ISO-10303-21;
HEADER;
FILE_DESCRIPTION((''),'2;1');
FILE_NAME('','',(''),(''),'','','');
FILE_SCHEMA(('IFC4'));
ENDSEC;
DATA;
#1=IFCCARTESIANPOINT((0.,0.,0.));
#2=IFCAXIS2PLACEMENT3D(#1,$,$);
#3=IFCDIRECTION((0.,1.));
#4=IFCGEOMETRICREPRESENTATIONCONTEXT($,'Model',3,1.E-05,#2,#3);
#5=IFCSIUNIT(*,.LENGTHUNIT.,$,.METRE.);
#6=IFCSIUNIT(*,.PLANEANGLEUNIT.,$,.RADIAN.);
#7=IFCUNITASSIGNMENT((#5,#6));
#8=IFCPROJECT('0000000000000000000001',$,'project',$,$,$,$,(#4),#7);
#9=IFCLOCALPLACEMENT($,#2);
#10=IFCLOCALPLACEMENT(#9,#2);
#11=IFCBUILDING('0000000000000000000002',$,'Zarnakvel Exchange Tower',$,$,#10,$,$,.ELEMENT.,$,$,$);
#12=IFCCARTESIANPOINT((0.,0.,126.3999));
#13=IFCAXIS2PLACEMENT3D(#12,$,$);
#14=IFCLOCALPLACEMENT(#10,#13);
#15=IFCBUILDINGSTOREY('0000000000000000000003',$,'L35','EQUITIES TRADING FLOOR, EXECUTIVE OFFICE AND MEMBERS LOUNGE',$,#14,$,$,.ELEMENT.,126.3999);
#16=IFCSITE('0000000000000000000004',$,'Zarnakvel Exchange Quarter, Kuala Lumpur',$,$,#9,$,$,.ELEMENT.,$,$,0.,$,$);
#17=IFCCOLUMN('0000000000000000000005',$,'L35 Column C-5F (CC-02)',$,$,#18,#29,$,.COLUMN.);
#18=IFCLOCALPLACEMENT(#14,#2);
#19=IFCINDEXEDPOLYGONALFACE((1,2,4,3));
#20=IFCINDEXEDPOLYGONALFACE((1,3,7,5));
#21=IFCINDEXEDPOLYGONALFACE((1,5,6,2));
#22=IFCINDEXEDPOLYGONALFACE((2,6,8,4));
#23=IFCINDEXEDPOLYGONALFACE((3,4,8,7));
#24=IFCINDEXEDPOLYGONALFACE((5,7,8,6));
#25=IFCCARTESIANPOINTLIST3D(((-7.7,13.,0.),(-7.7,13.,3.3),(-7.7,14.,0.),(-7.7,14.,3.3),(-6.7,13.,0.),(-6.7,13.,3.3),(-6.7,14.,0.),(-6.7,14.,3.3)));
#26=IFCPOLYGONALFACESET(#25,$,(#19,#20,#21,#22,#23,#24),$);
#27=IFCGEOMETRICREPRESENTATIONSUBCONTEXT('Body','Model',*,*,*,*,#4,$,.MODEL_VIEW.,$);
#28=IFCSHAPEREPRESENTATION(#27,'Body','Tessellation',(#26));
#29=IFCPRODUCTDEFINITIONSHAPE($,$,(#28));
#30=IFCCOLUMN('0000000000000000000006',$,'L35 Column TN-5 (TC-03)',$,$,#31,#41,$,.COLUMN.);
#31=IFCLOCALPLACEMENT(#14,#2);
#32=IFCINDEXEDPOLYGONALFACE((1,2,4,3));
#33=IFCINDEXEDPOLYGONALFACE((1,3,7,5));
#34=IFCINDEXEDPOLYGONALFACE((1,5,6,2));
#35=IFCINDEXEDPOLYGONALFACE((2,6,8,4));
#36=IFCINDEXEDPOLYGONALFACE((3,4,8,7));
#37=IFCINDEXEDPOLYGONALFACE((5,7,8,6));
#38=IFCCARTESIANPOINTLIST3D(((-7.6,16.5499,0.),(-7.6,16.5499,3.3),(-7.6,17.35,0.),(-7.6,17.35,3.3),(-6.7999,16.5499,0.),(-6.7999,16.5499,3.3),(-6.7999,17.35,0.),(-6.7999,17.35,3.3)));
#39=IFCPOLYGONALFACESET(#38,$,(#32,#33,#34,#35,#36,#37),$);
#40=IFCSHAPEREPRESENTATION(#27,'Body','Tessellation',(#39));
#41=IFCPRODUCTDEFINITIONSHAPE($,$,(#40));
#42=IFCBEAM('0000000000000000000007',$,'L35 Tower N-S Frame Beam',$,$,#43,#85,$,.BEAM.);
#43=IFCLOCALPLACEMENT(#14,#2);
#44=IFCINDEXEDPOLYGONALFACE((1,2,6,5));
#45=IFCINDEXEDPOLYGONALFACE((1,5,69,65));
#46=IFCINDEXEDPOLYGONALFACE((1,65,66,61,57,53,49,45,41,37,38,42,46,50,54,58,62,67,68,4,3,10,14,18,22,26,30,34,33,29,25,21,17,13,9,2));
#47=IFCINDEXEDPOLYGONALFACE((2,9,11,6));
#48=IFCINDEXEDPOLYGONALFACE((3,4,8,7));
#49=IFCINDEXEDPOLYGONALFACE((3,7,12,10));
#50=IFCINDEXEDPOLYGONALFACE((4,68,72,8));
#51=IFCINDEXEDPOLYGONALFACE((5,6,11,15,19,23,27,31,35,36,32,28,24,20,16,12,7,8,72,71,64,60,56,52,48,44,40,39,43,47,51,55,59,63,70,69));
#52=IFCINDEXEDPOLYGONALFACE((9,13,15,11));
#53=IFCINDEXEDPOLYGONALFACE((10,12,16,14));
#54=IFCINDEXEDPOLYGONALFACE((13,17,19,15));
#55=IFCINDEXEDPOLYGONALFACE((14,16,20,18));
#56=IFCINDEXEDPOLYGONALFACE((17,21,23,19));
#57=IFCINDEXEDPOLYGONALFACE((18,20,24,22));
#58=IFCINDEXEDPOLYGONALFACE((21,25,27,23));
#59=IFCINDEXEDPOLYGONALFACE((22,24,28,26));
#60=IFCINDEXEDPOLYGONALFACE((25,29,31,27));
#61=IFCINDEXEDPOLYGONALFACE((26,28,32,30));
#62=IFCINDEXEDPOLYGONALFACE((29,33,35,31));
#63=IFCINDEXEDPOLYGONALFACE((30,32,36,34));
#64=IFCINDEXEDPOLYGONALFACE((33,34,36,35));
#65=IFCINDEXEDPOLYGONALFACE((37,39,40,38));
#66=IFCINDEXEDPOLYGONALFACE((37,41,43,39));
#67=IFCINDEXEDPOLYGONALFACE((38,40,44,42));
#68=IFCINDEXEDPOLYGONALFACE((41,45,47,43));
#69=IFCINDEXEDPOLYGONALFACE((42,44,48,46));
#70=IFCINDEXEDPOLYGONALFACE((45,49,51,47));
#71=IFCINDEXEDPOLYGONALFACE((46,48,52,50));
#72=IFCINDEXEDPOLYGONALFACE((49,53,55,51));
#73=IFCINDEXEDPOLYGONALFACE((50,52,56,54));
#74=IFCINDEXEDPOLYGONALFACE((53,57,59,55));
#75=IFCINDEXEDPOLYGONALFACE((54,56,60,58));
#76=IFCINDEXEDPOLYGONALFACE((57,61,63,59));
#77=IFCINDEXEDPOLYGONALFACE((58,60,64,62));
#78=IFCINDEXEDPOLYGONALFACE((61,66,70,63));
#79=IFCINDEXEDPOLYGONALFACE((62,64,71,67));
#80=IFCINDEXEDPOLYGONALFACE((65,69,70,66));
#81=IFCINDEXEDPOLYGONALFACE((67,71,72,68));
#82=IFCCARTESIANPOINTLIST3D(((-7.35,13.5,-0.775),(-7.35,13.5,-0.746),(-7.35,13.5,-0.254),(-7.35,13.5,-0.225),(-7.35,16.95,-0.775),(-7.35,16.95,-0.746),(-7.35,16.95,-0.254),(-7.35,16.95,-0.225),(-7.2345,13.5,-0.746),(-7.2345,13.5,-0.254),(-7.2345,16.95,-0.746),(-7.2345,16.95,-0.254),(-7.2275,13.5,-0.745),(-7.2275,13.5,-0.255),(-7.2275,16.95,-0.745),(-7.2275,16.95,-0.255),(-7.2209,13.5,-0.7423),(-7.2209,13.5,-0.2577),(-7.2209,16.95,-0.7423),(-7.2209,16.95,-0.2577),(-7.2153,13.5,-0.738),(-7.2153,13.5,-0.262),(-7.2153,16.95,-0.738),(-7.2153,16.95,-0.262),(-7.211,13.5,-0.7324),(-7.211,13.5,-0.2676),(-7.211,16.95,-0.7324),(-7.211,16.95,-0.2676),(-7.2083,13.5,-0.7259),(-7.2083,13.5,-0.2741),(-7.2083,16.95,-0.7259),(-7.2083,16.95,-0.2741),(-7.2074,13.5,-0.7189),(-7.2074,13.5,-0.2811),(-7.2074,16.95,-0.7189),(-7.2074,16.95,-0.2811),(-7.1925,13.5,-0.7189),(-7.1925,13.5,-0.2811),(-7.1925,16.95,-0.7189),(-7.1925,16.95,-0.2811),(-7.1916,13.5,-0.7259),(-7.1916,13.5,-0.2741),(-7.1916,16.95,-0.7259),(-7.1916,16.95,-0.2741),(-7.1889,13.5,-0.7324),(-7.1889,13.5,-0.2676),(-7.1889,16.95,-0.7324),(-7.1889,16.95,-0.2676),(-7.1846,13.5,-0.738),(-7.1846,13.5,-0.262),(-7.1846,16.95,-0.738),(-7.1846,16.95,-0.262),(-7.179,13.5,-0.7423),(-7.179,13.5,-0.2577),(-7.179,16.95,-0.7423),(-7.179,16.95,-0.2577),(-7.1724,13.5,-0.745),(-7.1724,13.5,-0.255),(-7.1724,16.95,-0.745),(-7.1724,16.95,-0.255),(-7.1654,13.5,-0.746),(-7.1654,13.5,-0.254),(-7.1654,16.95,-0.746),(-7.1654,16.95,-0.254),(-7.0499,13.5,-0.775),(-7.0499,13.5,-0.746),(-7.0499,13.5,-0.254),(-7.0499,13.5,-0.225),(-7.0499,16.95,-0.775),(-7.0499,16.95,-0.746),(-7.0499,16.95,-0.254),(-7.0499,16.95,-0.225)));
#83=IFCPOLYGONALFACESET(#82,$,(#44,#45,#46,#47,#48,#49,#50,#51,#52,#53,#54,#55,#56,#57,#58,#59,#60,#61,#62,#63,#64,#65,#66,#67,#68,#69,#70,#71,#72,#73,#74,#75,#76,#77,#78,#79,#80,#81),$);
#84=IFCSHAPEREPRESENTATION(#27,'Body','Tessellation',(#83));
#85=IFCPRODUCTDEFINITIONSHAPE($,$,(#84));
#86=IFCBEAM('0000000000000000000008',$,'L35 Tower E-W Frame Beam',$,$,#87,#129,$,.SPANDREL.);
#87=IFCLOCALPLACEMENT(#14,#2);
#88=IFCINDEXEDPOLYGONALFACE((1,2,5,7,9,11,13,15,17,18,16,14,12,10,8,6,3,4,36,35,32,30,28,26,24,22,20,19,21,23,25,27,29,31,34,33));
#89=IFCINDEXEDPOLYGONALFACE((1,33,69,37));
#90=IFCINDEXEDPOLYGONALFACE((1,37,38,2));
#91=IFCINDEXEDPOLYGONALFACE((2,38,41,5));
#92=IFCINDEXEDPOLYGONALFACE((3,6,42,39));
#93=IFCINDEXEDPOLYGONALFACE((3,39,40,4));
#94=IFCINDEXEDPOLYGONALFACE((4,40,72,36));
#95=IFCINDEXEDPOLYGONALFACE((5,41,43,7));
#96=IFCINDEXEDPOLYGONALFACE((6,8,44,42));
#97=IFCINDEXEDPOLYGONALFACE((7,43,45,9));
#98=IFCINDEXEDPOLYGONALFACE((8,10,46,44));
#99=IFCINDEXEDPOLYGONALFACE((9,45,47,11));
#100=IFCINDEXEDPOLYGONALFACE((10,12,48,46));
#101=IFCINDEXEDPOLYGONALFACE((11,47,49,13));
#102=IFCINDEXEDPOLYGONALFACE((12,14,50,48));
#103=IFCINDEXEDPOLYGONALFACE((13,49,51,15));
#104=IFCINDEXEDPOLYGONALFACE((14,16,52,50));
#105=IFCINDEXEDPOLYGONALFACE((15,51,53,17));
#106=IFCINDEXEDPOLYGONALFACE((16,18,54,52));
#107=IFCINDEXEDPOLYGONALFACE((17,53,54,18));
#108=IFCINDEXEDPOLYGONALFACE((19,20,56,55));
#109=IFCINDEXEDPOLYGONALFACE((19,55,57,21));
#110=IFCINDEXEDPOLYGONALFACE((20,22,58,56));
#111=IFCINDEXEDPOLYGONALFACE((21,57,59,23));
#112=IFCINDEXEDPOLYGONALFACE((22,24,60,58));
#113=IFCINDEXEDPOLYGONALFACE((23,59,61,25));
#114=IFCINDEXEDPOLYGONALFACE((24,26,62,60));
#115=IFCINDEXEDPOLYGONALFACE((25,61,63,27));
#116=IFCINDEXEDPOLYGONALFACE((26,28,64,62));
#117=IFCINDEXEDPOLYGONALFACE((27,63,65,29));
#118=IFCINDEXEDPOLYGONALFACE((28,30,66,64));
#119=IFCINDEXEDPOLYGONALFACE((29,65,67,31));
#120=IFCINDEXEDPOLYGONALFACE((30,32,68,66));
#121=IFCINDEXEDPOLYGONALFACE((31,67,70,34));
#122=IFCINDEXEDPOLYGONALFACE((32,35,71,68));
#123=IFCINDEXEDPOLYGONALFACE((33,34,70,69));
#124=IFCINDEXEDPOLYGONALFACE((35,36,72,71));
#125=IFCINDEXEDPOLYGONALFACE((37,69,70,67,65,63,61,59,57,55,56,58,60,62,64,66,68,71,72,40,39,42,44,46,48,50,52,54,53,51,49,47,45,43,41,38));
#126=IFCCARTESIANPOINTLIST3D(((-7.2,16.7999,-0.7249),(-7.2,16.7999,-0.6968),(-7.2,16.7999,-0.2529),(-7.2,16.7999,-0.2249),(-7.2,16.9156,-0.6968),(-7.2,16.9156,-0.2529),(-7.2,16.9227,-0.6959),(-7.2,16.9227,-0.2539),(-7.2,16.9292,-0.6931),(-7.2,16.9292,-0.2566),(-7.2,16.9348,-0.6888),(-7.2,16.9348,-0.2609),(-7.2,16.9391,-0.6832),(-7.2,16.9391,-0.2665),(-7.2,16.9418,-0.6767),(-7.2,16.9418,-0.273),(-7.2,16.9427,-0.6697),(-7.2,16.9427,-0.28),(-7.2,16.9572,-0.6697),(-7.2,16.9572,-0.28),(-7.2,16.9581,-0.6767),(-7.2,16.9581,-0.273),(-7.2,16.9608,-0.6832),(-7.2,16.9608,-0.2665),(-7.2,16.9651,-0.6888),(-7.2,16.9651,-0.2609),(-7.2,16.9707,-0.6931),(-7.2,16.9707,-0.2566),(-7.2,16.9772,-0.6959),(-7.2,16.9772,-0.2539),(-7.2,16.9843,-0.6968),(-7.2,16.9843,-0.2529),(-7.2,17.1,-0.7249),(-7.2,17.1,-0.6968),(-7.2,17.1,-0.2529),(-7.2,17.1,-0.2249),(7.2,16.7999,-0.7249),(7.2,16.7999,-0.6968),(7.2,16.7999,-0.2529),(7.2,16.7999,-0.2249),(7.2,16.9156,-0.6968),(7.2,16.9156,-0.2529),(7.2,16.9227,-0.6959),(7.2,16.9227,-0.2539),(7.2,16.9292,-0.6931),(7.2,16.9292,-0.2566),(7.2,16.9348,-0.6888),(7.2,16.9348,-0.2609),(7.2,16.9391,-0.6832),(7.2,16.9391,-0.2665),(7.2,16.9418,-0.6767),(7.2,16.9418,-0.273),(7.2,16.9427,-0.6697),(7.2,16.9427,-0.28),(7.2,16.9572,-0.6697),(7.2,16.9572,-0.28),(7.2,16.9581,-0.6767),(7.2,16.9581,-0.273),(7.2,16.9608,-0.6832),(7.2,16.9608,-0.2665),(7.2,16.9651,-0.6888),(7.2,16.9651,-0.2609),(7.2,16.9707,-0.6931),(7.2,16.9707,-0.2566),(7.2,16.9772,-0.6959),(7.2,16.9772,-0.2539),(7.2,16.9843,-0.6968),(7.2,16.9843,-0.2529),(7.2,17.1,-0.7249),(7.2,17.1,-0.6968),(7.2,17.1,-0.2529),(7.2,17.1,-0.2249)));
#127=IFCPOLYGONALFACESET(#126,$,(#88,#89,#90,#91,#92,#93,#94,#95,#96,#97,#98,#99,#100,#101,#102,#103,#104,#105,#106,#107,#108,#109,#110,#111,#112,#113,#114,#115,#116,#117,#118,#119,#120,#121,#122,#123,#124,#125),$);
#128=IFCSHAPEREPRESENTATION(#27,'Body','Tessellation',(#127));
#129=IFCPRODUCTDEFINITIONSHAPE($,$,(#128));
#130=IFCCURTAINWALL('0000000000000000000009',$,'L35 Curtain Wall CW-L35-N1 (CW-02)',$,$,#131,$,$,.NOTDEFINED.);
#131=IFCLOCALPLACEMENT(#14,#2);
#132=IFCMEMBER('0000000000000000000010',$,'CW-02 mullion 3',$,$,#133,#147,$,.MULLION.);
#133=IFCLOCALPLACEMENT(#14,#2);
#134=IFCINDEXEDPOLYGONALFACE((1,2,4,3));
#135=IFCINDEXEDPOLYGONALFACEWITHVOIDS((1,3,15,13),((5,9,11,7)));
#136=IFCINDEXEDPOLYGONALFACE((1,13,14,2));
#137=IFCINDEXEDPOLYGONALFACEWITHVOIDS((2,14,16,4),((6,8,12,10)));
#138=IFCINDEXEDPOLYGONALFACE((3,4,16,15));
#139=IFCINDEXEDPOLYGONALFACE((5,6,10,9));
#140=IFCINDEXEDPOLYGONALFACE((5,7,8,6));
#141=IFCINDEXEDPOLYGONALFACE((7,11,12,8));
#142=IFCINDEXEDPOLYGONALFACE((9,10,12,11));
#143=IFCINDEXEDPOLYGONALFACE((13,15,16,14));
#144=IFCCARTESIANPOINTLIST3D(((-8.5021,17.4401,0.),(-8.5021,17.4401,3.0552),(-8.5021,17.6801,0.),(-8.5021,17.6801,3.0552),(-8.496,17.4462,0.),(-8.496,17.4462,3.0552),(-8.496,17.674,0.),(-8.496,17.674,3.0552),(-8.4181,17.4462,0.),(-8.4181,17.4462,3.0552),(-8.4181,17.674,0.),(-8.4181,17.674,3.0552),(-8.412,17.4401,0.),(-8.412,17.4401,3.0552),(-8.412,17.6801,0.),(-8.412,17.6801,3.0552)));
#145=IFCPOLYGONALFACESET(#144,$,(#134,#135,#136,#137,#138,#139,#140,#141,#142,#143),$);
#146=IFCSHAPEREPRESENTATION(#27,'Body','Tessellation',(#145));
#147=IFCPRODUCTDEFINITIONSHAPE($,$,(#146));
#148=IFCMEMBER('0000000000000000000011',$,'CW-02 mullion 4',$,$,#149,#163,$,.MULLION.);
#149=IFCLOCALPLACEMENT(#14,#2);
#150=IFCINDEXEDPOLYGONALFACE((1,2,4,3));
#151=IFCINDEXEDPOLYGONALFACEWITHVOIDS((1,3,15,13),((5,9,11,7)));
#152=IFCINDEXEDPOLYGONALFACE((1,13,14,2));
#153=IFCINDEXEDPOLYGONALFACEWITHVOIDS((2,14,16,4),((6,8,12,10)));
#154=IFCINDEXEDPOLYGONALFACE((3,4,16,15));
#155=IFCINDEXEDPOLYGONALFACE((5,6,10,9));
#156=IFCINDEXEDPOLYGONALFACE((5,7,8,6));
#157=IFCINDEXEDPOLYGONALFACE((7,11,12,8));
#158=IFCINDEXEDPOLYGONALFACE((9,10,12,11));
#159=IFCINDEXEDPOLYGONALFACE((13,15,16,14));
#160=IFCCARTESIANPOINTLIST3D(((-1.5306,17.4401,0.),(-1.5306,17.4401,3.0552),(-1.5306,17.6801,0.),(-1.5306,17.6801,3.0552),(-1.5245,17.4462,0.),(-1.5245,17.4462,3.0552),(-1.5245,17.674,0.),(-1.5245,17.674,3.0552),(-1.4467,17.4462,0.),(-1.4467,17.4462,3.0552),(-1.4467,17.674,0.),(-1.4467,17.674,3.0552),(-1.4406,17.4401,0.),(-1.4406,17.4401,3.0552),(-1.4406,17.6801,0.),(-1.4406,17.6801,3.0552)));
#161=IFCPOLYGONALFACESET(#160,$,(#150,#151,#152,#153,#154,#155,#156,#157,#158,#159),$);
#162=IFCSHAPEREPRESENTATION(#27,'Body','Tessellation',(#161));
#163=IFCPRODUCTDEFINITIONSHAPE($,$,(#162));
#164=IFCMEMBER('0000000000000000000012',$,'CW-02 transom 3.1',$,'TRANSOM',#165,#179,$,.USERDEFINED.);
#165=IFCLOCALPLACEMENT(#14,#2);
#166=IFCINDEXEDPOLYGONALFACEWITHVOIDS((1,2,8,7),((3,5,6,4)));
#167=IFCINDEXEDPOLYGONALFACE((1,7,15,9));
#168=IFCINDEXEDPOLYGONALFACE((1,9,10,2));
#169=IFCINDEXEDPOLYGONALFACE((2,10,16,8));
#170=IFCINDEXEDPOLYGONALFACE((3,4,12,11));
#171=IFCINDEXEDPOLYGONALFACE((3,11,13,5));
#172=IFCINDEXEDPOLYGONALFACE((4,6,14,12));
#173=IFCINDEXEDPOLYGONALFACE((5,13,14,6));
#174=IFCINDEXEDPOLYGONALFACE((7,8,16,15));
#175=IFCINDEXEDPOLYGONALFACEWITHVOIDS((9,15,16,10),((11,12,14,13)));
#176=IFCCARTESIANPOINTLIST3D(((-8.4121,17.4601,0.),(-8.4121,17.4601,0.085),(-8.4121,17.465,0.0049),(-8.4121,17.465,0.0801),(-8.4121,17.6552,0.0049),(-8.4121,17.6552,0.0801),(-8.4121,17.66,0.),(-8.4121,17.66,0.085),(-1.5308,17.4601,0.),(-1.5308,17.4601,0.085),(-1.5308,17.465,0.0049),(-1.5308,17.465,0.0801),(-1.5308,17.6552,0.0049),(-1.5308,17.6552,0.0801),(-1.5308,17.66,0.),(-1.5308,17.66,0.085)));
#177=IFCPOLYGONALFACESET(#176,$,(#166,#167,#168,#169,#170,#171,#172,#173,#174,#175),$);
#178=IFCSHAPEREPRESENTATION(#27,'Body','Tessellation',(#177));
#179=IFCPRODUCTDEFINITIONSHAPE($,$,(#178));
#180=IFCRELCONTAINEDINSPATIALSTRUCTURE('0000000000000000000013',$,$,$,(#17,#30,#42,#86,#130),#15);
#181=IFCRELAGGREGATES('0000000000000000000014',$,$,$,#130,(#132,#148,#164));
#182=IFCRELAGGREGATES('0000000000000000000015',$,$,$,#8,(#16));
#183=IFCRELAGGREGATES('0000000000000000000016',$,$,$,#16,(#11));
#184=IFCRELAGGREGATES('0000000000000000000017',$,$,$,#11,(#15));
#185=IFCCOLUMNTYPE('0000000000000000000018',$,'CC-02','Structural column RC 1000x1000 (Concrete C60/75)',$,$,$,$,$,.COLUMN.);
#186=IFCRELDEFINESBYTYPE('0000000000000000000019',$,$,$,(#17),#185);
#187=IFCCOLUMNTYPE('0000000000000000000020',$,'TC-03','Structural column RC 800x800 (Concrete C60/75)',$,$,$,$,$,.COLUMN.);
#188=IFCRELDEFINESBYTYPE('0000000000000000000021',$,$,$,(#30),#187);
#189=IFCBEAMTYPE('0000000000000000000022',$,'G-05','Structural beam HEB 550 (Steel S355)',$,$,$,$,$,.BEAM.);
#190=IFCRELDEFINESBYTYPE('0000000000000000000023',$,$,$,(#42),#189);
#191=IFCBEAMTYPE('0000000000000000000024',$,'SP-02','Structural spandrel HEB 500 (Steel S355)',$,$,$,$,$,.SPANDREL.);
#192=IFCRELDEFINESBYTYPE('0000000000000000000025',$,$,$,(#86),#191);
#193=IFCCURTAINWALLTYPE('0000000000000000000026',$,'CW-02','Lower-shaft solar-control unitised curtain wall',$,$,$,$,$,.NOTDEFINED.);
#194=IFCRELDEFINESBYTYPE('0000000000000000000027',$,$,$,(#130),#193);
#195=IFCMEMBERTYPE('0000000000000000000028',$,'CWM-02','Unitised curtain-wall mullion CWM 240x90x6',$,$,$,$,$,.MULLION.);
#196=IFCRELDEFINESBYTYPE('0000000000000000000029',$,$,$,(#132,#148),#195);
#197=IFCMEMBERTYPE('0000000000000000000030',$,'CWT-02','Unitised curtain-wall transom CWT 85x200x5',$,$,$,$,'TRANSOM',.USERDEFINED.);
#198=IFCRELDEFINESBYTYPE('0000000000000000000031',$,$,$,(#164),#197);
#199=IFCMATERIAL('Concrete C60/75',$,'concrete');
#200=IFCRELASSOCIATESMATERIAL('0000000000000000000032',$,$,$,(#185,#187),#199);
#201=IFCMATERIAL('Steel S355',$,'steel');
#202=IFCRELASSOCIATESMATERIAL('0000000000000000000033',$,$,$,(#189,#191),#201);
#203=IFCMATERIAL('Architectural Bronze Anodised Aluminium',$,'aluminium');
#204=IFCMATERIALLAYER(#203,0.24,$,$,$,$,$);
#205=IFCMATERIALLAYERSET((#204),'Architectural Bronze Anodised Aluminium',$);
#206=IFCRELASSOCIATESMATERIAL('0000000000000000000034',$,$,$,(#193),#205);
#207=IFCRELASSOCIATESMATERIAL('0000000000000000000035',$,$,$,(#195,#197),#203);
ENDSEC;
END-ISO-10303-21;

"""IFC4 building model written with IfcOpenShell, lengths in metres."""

from ifc_helpers import new_model, si_unit, direction, frame, origin, origin_2d, place, context, subcontext, project, spatial, rectangle, hollow_rectangle, i_section, extrude, source, transform, mapped, material, layer, layer_set, material_profile, profile_set, type_object, element, aggregate, save


model = new_model("IFC4")

# Units and contexts
model_context = context("Model", 3, precision=1e-05, world=origin(), true_north=direction((0.0, 1.0)))
body_context = subcontext(model_context, "Body", "Model", "MODEL_VIEW")
ifc_project = project(units=[si_unit("LENGTHUNIT", "METRE"), si_unit("PLANEANGLEUNIT", "RADIAN")], contexts=[model_context])

# Site, building, storey
site_placement = place(None, origin())
site = spatial("IfcSite", under=ifc_project, at=site_placement, Name="Zarnakvel Exchange Quarter, Kuala Lumpur", CompositionType="ELEMENT", RefElevation=0.0)
building_placement = place(site_placement, origin())
building = spatial("IfcBuilding", under=site, at=building_placement, Name="Zarnakvel Exchange Tower", CompositionType="ELEMENT")
storey_placement = place(building_placement, frame((0.0, 0.0, 126.3999)))
storey = spatial("IfcBuildingStorey", under=building, at=storey_placement, Name="L35", Description="EQUITIES TRADING FLOOR, EXECUTIVE OFFICE AND MEMBERS LOUNGE", CompositionType="ELEMENT", Elevation=126.3999)

# Columns
ifc_material_1 = material(Name="Concrete C60/75", Category="concrete")
ifc_material_profile_1 = material_profile(ifc_material_1, rectangle(XDim=1.0, YDim=1.0, at=origin_2d()))
ifc_profile_set_1 = profile_set([ifc_material_profile_1], Name="Concrete C60/75")
column_type_1 = type_object("IfcColumnType", Name="CC-02", Description="Structural column RC 1000x1000 (Concrete C60/75)", PredefinedType="COLUMN", material=ifc_profile_set_1)
column_1_placement = place(storey_placement, frame((-7.2, 13.5, 0.0), z_axis=(0.0, 0.0, 1.0), x_axis=(1.0, 0.0, 0.0)))
element("IfcColumn", 1, at=column_1_placement, inside=storey, type_object=column_type_1, Name="L35 Column C-5F (CC-02)", PredefinedType="COLUMN", context=body_context, shape_type="SweptSolid", body=[
    extrude(rectangle(XDim=1.0, YDim=1.0, at=origin_2d()), origin(), (0.0, 0.0, 1.0), 3.3),
])
ifc_material_profile_2 = material_profile(ifc_material_1, rectangle(XDim=0.8, YDim=0.8, at=origin_2d()))
ifc_profile_set_2 = profile_set([ifc_material_profile_2], Name="Concrete C60/75")
column_type_2 = type_object("IfcColumnType", Name="TC-03", Description="Structural column RC 800x800 (Concrete C60/75)", PredefinedType="COLUMN", material=ifc_profile_set_2)
column_2_placement = place(storey_placement, frame((-7.2, 16.95, 0.0), z_axis=(0.0, 0.0, 1.0), x_axis=(1.0, 0.0, 0.0)))
element("IfcColumn", 2, at=column_2_placement, inside=storey, type_object=column_type_2, Name="L35 Column TN-5 (TC-03)", PredefinedType="COLUMN", context=body_context, shape_type="SweptSolid", body=[
    extrude(rectangle(XDim=0.8, YDim=0.8, at=origin_2d()), origin(), (0.0, 0.0, 1.0), 3.3),
])

# Beams
ifc_material_2 = material(Name="Steel S355", Category="steel")
ifc_material_profile_3 = material_profile(ifc_material_2, i_section(OverallWidth=0.3, OverallDepth=0.55, WebThickness=0.0149, FlangeThickness=0.0291, FilletRadius=0.0271, at=origin_2d()))
ifc_profile_set_3 = profile_set([ifc_material_profile_3], Name="Steel S355")
beam_type_1 = type_object("IfcBeamType", Name="G-05", Description="Structural beam HEB 550 (Steel S355)", PredefinedType="BEAM", material=ifc_profile_set_3)
beam_1_placement = place(storey_placement, frame((-7.2, 13.5, -0.5), z_axis=(0.0, 1.0, 0.0), x_axis=(-1.0, 0.0, 0.0)))
element("IfcBeam", 3, at=beam_1_placement, inside=storey, type_object=beam_type_1, Name="L35 Tower N-S Frame Beam", PredefinedType="BEAM", context=body_context, shape_type="SweptSolid", body=[
    extrude(i_section(OverallWidth=0.3, OverallDepth=0.55, WebThickness=0.0149, FlangeThickness=0.0291, FilletRadius=0.0271, at=origin_2d()), origin(), (0.0, 0.0, 1.0), 3.45),
])
ifc_material_profile_4 = material_profile(ifc_material_2, i_section(OverallWidth=0.3, OverallDepth=0.5, WebThickness=0.0144, FlangeThickness=0.0281, FilletRadius=0.0271, at=origin_2d()))
ifc_profile_set_4 = profile_set([ifc_material_profile_4], Name="Steel S355")
beam_type_2 = type_object("IfcBeamType", Name="SP-02", Description="Structural spandrel HEB 500 (Steel S355)", PredefinedType="SPANDREL", material=ifc_profile_set_4)
beam_2_placement = place(storey_placement, frame((-7.2, 16.95, -0.4749), z_axis=(1.0, 0.0, 0.0), x_axis=(0.0, 1.0, 0.0)))
element("IfcBeam", 4, at=beam_2_placement, inside=storey, type_object=beam_type_2, Name="L35 Tower E-W Frame Beam", PredefinedType="SPANDREL", context=body_context, shape_type="SweptSolid", body=[
    extrude(i_section(OverallWidth=0.3, OverallDepth=0.5, WebThickness=0.0144, FlangeThickness=0.0281, FilletRadius=0.0271, at=origin_2d()), origin(), (0.0, 0.0, 1.0), 14.3999),
])

# Curtain wall, members
ifc_material_3 = material(Name="Architectural Bronze Anodised Aluminium", Category="aluminium")
ifc_layer_1 = layer(ifc_material_3, 0.24)
ifc_layer_set_1 = layer_set([ifc_layer_1], Name="Architectural Bronze Anodised Aluminium")
curtain_wall_type = type_object("IfcCurtainWallType", Name="CW-02", Description="Lower-shaft solar-control unitised curtain wall", PredefinedType="NOTDEFINED", material=ifc_layer_set_1)
curtain_wall_placement = place(storey_placement, origin())
curtain_wall = element("IfcCurtainWall", 5, at=curtain_wall_placement, inside=storey, type_object=curtain_wall_type, Name="L35 Curtain Wall CW-L35-N1 (CW-02)", PredefinedType="NOTDEFINED")
ifc_material_profile_5 = material_profile(ifc_material_3, hollow_rectangle(XDim=0.24, YDim=0.0901, WallThickness=0.0061, at=origin_2d()))
ifc_profile_set_5 = profile_set([ifc_material_profile_5], Name="Architectural Bronze Anodised Aluminium")
member_type_1 = type_object("IfcMemberType", Name="CWM-02", Description="Unitised curtain-wall mullion CWM 240x90x6", PredefinedType="MULLION", material=ifc_profile_set_5)
shared_shape_1 = source(origin(), body_context, "Body", "SweptSolid", [
    extrude(hollow_rectangle(XDim=0.24, YDim=0.0901, WallThickness=0.0061, at=origin_2d()), origin(), (0.0, 0.0, 1.0), 3.0552),
])
member_1_placement = place(storey_placement, frame((-8.457, 17.5601, 0.0), z_axis=(0.0, 0.0, 1.0), x_axis=(0.0, 1.0, 0.0)))
member_1 = element("IfcMember", 6, at=member_1_placement, type_object=member_type_1, Name="CW-02 mullion 3", PredefinedType="MULLION", context=body_context, shape_type="MappedRepresentation", body=[
    mapped(shared_shape_1, transform((0.0, 0.0, 0.0), x_axis=(1.0, 0.0, 0.0), y_axis=(0.0, 1.0, 0.0), z_axis=(0.0, 0.0, 1.0), scale=1.0)),
])
member_2_placement = place(storey_placement, frame((-1.4856, 17.5601, 0.0), z_axis=(0.0, 0.0, 1.0), x_axis=(0.0, 1.0, 0.0)))
member_2 = element("IfcMember", 7, at=member_2_placement, type_object=member_type_1, Name="CW-02 mullion 4", PredefinedType="MULLION", context=body_context, shape_type="MappedRepresentation", body=[
    mapped(shared_shape_1, transform((0.0, 0.0, 0.0), x_axis=(1.0, 0.0, 0.0), y_axis=(0.0, 1.0, 0.0), z_axis=(0.0, 0.0, 1.0), scale=1.0)),
])
ifc_material_profile_6 = material_profile(ifc_material_3, hollow_rectangle(XDim=0.2, YDim=0.085, WallThickness=0.0049, at=origin_2d()))
ifc_profile_set_6 = profile_set([ifc_material_profile_6], Name="Architectural Bronze Anodised Aluminium")
member_type_2 = type_object("IfcMemberType", Name="CWT-02", Description="Unitised curtain-wall transom CWT 85x200x5", ElementType="TRANSOM", PredefinedType="USERDEFINED", material=ifc_profile_set_6)
shared_shape_2 = source(origin(), body_context, "Body", "SweptSolid", [
    extrude(hollow_rectangle(XDim=0.2, YDim=0.085, WallThickness=0.0049, at=origin_2d()), origin(), (0.0, 0.0, 1.0), 6.8813),
])
member_3_placement = place(storey_placement, frame((-8.4121, 17.5601, 0.0425), z_axis=(1.0, 0.0, 0.0), x_axis=(0.0, 1.0, 0.0)))
member_3 = element("IfcMember", 8, at=member_3_placement, type_object=member_type_2, Name="CW-02 transom 3.1", ObjectType="TRANSOM", PredefinedType="USERDEFINED", context=body_context, shape_type="MappedRepresentation", body=[
    mapped(shared_shape_2, transform((0.0, 0.0, 0.0), x_axis=(1.0, 0.0, 0.0), y_axis=(0.0, 1.0, 0.0), z_axis=(0.0, 0.0, 1.0), scale=1.0)),
])
aggregate(curtain_wall, [member_1, member_2, member_3])

save(model, "model.ifc")
